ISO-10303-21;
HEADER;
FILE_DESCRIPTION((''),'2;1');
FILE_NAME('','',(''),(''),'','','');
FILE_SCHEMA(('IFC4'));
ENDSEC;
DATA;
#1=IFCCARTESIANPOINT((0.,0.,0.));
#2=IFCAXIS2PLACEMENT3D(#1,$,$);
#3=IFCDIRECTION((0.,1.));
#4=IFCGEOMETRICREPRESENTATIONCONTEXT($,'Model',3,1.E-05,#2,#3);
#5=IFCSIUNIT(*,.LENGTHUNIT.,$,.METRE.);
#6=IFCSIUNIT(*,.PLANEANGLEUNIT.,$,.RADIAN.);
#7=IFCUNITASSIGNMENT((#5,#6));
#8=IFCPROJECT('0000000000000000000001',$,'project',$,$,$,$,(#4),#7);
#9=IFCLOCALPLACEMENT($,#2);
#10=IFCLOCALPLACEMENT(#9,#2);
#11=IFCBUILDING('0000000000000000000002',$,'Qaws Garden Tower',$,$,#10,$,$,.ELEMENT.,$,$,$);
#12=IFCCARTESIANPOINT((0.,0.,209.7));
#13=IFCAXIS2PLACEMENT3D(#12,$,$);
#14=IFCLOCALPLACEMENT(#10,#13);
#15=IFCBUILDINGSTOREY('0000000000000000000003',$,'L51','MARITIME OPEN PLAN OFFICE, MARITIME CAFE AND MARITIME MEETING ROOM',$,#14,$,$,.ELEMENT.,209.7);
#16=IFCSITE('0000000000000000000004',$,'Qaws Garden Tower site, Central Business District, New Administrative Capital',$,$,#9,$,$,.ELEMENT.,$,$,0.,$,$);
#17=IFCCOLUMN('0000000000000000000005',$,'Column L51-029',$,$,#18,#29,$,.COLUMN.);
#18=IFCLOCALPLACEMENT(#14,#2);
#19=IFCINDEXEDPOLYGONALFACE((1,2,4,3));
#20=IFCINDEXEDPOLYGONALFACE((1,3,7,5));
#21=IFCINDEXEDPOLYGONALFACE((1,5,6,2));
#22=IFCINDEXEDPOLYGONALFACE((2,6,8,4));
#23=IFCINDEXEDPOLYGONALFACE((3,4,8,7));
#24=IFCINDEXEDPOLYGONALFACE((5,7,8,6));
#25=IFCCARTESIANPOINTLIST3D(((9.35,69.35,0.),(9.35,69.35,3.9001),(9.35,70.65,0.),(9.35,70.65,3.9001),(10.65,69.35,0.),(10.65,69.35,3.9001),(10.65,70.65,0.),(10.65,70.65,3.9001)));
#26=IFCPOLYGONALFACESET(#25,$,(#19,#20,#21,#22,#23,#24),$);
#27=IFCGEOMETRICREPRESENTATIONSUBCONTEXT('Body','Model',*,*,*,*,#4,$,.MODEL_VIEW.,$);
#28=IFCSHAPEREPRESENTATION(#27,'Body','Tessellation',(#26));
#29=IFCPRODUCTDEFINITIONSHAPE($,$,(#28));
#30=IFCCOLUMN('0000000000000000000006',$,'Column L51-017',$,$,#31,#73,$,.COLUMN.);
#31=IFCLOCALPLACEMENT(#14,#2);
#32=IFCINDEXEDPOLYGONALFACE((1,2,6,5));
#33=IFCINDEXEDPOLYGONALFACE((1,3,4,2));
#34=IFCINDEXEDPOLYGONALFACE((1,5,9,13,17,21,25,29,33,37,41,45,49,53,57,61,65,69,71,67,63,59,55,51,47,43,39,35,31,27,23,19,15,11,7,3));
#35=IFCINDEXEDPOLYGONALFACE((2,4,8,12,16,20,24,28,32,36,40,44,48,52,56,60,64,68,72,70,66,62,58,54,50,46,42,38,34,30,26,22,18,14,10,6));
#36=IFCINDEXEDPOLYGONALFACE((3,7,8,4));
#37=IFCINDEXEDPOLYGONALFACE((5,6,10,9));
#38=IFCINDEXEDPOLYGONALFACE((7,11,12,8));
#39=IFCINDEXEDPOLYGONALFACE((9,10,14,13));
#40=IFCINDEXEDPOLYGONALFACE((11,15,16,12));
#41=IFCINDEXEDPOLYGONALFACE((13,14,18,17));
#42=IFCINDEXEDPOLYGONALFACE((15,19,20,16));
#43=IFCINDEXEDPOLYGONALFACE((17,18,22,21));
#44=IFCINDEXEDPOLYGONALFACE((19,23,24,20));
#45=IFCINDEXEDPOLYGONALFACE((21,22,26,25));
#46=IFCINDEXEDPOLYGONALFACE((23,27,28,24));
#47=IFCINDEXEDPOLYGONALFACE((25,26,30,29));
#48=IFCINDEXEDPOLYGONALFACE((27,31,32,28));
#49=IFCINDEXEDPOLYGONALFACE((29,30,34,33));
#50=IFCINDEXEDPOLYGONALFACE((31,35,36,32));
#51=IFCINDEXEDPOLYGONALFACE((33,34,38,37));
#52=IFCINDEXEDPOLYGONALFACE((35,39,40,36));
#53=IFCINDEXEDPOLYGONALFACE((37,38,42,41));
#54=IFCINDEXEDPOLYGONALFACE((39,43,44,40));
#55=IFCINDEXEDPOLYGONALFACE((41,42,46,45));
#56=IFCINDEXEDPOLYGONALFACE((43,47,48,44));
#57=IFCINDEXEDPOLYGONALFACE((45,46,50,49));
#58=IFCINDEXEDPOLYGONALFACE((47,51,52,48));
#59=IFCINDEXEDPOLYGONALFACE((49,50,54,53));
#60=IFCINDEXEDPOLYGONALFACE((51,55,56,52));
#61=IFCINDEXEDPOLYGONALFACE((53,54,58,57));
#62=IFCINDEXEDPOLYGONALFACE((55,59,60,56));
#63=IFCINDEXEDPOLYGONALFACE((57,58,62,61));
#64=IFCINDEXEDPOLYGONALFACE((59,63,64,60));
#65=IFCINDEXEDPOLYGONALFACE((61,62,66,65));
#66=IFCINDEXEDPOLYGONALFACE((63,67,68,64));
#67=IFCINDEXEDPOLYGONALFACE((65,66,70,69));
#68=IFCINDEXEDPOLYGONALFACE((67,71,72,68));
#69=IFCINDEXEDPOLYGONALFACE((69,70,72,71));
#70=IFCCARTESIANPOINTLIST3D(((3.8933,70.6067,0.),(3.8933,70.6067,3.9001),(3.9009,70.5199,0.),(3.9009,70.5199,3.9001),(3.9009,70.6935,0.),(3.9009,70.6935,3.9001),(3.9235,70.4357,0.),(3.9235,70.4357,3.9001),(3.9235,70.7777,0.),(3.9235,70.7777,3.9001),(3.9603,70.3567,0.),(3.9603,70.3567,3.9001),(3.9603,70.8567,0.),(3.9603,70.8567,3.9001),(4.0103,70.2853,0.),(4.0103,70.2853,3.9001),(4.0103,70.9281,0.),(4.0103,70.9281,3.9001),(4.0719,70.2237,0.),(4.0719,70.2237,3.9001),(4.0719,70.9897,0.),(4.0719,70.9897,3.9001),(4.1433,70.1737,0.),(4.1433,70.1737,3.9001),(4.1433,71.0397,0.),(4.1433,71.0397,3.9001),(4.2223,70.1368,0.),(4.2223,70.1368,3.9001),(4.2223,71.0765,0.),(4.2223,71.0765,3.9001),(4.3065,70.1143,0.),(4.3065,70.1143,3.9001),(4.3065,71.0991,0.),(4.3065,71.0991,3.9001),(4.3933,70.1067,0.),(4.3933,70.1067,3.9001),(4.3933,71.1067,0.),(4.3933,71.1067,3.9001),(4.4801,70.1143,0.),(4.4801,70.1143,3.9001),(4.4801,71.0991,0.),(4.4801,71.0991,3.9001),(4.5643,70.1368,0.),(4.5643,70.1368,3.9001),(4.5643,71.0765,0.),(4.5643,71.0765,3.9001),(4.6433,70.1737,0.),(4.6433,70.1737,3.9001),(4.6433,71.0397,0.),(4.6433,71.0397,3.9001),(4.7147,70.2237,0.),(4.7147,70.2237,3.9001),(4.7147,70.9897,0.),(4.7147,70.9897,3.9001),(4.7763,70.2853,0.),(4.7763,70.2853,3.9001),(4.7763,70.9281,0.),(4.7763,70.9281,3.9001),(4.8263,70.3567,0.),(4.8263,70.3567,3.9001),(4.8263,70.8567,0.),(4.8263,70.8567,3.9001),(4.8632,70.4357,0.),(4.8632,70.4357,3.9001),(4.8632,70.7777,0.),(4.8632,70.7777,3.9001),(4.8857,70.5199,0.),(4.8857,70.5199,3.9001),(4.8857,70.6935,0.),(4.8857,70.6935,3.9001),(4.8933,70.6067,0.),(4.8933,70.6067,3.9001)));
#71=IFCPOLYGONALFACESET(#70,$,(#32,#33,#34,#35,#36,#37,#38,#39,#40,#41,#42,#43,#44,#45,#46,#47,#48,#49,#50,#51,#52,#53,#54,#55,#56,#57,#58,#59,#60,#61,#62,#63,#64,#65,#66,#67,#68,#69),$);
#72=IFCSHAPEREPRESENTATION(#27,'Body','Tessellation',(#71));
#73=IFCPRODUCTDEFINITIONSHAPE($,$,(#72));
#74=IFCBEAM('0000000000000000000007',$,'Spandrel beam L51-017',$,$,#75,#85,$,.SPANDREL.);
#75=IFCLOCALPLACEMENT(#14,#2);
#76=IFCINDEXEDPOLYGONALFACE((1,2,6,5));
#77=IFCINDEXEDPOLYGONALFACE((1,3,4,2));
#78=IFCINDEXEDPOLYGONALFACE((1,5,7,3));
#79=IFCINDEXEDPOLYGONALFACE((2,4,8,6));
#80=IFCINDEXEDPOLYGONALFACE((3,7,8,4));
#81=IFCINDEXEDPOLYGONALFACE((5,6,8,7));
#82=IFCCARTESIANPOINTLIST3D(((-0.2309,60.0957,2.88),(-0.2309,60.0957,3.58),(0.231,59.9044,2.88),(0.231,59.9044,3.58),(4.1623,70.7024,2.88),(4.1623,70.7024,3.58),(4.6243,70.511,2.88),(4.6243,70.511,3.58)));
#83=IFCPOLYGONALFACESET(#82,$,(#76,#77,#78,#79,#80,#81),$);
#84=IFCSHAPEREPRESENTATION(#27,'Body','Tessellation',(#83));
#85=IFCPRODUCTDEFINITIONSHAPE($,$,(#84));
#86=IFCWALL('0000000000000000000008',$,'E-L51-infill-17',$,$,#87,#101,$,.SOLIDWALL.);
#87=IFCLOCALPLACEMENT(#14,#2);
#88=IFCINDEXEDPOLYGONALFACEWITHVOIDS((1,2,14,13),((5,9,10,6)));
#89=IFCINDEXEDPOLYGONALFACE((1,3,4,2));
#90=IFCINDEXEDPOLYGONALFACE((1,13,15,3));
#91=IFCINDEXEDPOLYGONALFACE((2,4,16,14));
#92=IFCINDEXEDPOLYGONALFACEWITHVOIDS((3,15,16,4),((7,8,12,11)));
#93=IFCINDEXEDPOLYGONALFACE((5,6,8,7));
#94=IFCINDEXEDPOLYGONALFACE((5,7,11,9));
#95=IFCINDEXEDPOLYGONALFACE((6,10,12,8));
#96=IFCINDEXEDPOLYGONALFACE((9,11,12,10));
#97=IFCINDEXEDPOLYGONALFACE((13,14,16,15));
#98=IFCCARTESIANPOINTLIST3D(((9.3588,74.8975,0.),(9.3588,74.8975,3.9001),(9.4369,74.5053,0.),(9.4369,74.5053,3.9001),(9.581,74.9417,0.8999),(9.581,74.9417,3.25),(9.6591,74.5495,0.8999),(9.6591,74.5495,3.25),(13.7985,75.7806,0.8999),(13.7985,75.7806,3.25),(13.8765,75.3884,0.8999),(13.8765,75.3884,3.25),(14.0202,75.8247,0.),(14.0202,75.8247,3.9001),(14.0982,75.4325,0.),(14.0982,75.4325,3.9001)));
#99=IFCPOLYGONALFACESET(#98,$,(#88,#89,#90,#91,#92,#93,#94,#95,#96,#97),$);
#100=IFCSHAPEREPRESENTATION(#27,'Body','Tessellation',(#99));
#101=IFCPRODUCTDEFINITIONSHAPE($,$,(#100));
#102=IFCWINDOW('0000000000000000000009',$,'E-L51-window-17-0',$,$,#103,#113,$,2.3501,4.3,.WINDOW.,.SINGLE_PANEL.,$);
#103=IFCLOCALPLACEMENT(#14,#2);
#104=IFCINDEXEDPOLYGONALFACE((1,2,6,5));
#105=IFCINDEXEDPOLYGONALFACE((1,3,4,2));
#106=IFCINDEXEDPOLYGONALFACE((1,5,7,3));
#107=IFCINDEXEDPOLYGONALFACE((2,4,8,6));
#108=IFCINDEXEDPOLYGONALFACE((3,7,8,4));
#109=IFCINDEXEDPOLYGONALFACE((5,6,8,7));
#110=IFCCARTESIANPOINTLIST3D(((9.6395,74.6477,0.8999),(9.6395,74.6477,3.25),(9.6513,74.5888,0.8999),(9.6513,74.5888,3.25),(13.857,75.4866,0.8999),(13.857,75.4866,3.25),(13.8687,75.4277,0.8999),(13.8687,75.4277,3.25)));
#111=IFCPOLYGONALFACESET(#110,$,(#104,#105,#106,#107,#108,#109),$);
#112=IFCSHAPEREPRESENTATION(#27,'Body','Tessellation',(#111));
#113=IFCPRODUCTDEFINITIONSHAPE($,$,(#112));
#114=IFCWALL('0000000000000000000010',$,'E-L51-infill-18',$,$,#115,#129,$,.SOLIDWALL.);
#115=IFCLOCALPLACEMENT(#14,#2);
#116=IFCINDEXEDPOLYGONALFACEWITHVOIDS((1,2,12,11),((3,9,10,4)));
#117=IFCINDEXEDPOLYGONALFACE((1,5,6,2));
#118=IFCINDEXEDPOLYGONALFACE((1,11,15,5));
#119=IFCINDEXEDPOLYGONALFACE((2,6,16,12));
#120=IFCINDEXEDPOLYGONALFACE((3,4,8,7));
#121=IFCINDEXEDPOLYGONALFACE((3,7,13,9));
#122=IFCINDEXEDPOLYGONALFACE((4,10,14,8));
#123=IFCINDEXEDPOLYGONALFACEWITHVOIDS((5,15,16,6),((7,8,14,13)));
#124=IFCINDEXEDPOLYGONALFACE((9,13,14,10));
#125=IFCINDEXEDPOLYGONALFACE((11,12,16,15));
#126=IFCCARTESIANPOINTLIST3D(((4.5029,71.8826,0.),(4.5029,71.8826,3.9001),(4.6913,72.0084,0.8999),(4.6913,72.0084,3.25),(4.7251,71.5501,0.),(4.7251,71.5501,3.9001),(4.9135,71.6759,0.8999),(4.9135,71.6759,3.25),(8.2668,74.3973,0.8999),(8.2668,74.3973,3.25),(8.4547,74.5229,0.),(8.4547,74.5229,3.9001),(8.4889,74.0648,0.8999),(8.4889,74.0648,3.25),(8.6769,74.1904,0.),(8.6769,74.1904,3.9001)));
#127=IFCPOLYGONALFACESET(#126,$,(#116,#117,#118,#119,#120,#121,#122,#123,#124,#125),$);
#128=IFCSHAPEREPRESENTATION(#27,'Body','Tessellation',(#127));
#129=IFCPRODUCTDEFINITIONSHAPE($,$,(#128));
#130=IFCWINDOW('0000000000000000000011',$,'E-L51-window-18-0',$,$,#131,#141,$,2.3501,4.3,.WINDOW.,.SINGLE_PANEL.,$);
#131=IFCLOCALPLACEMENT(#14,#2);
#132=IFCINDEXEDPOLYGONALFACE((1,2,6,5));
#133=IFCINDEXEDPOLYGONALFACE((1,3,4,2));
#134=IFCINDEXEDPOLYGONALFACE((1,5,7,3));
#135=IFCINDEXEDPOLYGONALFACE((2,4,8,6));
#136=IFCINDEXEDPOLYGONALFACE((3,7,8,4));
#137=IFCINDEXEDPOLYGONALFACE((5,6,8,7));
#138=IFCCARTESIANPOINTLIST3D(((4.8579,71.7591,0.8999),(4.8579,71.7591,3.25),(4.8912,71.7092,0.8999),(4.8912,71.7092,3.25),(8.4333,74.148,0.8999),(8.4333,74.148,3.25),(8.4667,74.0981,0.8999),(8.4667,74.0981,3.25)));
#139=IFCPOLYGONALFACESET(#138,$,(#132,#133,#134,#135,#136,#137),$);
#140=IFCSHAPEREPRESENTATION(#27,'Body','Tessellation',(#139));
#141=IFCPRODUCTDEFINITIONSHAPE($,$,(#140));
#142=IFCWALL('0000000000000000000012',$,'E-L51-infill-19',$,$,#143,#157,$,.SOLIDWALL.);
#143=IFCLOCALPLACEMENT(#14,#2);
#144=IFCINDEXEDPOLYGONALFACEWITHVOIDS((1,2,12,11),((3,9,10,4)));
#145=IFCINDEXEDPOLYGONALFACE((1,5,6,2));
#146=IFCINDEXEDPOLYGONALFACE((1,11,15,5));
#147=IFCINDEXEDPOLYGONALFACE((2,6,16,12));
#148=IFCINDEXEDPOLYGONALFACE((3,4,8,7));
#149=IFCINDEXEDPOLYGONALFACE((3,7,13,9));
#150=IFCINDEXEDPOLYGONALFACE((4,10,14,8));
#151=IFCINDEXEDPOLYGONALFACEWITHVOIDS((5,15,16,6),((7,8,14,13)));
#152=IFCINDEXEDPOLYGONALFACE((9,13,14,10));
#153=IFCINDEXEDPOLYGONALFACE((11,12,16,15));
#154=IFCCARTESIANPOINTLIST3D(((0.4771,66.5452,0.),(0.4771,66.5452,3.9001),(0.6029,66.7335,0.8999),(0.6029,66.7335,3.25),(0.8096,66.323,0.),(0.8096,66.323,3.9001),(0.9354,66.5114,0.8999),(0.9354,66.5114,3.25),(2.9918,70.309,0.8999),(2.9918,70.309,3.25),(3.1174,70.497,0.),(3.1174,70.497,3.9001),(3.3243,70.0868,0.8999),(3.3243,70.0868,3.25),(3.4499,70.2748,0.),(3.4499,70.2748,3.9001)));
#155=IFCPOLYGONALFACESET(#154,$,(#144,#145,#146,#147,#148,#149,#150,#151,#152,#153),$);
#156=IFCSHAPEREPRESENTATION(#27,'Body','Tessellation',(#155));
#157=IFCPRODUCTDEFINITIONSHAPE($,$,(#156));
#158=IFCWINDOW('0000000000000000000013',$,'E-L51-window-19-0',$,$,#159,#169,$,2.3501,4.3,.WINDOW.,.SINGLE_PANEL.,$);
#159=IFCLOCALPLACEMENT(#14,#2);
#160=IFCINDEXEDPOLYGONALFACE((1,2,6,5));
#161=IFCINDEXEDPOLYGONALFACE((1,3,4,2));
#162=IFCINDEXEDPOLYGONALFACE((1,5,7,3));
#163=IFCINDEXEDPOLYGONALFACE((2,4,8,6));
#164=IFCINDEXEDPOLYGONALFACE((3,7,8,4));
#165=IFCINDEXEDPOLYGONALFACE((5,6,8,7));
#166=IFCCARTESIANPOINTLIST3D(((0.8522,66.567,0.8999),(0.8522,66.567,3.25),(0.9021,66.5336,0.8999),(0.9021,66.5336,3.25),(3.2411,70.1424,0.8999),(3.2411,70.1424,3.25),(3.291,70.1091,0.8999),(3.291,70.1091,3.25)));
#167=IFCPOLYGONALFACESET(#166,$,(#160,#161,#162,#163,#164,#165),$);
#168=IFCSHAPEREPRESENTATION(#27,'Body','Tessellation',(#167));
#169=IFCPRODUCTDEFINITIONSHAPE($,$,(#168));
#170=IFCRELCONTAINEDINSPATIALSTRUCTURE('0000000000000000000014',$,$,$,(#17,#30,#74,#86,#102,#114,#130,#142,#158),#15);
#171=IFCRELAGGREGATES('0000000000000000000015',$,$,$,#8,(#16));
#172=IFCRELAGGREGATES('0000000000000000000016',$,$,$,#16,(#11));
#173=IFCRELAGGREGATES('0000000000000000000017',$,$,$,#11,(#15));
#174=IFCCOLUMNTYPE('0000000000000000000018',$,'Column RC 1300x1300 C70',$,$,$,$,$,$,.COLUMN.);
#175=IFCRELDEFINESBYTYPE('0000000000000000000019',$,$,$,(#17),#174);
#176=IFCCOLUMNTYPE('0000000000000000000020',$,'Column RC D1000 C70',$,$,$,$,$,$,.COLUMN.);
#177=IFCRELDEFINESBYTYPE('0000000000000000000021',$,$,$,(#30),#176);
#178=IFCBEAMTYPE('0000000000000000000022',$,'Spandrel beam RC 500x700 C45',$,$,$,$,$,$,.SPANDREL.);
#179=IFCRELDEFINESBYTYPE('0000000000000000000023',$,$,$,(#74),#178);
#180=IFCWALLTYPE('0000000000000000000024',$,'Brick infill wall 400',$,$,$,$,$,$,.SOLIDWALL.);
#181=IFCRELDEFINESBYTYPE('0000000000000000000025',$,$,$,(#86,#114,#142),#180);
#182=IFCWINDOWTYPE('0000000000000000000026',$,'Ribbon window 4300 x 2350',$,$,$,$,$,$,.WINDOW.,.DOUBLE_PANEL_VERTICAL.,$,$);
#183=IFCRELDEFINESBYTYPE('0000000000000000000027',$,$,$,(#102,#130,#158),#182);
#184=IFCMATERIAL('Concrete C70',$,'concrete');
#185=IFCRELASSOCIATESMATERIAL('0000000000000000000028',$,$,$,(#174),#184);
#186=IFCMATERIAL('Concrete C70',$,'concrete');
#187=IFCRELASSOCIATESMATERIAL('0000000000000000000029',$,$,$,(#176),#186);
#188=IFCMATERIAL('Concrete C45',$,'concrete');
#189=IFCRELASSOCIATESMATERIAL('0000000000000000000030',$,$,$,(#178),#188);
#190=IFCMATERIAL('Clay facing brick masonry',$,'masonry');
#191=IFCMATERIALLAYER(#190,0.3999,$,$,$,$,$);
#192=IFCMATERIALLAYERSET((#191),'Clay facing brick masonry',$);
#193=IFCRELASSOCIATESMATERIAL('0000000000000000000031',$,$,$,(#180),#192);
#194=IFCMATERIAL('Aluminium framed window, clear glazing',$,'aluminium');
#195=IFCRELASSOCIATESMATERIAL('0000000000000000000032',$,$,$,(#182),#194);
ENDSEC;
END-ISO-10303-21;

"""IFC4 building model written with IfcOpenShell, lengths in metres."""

from ifc_helpers import new_model, si_unit, direction, frame, frame_2d, origin, origin_2d, place, context, subcontext, project, spatial, rectangle, circle, extrude, material, layer, layer_set, material_profile, profile_set, type_object, element, fill, save


model = new_model("IFC4")

# Units and contexts
model_context = context("Model", 3, precision=1e-05, world=origin(), true_north=direction((0.0, 1.0)))
body_context = subcontext(model_context, "Body", "Model", "MODEL_VIEW")
ifc_project = project(units=[si_unit("LENGTHUNIT", "METRE"), si_unit("PLANEANGLEUNIT", "RADIAN")], contexts=[model_context])

# Site, building, storey
site_placement = place(None, origin())
site = spatial("IfcSite", under=ifc_project, at=site_placement, Name="Qaws Garden Tower site, Central Business District, New Administrative Capital", CompositionType="ELEMENT", RefElevation=0.0)
building_placement = place(site_placement, origin())
building = spatial("IfcBuilding", under=site, at=building_placement, Name="Qaws Garden Tower", CompositionType="ELEMENT")
storey_placement = place(building_placement, frame((0.0, 0.0, 209.7)))
storey = spatial("IfcBuildingStorey", under=building, at=storey_placement, Name="L51", Description="MARITIME OPEN PLAN OFFICE, MARITIME CAFE AND MARITIME MEETING ROOM", CompositionType="ELEMENT", Elevation=209.7)

# Columns
ifc_material_1 = material(Name="Concrete C70", Category="concrete")
ifc_material_profile_1 = material_profile(ifc_material_1, rectangle(XDim=1.3, YDim=1.3, at=origin_2d()), Name="RC 1300x1300")
ifc_profile_set_1 = profile_set([ifc_material_profile_1], Name="Concrete C70")
column_type_1 = type_object("IfcColumnType", Name="Column RC 1300x1300 C70", PredefinedType="COLUMN", material=ifc_profile_set_1)
column_1_placement = place(storey_placement, frame((10.0, 70.0, 0.0), z_axis=(0.0, 0.0, 1.0), x_axis=(1.0, 0.0, 0.0)))
element("IfcColumn", 1, at=column_1_placement, inside=storey, type_object=column_type_1, Name="Column L51-029", PredefinedType="COLUMN", context=body_context, shape_type="SweptSolid", body=[
    extrude(rectangle(XDim=1.3, YDim=1.3, at=origin_2d()), origin(), (0.0, 0.0, 1.0), 3.9001),
])
ifc_material_2 = material(Name="Concrete C70", Category="concrete")
ifc_material_profile_2 = material_profile(ifc_material_2, circle(Radius=0.5, at=origin_2d()), Name="RC D1000")
ifc_profile_set_2 = profile_set([ifc_material_profile_2], Name="Concrete C70")
column_type_2 = type_object("IfcColumnType", Name="Column RC D1000 C70", PredefinedType="COLUMN", material=ifc_profile_set_2)
column_2_placement = place(storey_placement, frame((4.3933, 70.6067, 0.0), z_axis=(0.0, 0.0, 1.0), x_axis=(1.0, 0.0, 0.0)))
element("IfcColumn", 2, at=column_2_placement, inside=storey, type_object=column_type_2, Name="Column L51-017", PredefinedType="COLUMN", context=body_context, shape_type="SweptSolid", body=[
    extrude(circle(Radius=0.5, at=origin_2d()), origin(), (0.0, 0.0, 1.0), 3.9001),
])

# Beam
ifc_material_3 = material(Name="Concrete C45", Category="concrete")
ifc_material_profile_3 = material_profile(ifc_material_3, rectangle(XDim=0.5, YDim=0.7, at=origin_2d()), Name="RC 500x700")
ifc_profile_set_3 = profile_set([ifc_material_profile_3], Name="Concrete C45")
beam_type = type_object("IfcBeamType", Name="Spandrel beam RC 500x700 C45", PredefinedType="SPANDREL", material=ifc_profile_set_3)
beam_placement = place(storey_placement, frame((4.3933, 70.6067, 3.23), z_axis=(-0.382674, -0.923883, 0.0), x_axis=(0.923883, -0.382674, 0.0)))
element("IfcBeam", 3, at=beam_placement, inside=storey, type_object=beam_type, Name="Spandrel beam L51-017", PredefinedType="SPANDREL", context=body_context, shape_type="SweptSolid", body=[
    extrude(rectangle(XDim=0.5, YDim=0.7, at=origin_2d()), origin(), (0.0, 0.0, 1.0), 11.4805),
])

# Walls, openings, windows
ifc_material_4 = material(Name="Clay facing brick masonry", Category="masonry")
ifc_layer_1 = layer(ifc_material_4, 0.3999)
ifc_layer_set_1 = layer_set([ifc_layer_1], Name="Clay facing brick masonry")
wall_type_1 = type_object("IfcWallType", Name="Brick infill wall 400", PredefinedType="SOLIDWALL", material=ifc_layer_set_1)
wall_1_placement = place(storey_placement, frame((14.0593, 75.6287, 0.0), z_axis=(0.0, 0.0, 1.0), x_axis=(-0.980784, -0.195099, 0.0)))
wall_1 = element("IfcWall", 4, at=wall_1_placement, inside=storey, type_object=wall_type_1, Name="E-L51-infill-17", PredefinedType="SOLIDWALL", context=body_context, shape_type="SweptSolid", body=[
    extrude(rectangle(XDim=4.7527, YDim=0.3999, at=frame_2d((2.3765, 0.0))), origin(), (0.0, 0.0, 1.0), 3.9001),
])
opening_1_placement = place(wall_1_placement, frame((0.2263, 0.0, 0.8999)))
opening_1 = element("IfcOpeningElement", 5, at=opening_1_placement, cuts=wall_1, PredefinedType="OPENING", context=body_context, shape_type="SweptSolid", body=[
    extrude(rectangle(XDim=4.3, YDim=2.3501, at=frame_2d((2.1499, 1.175))), frame((0.0, 0.21, 0.0), z_axis=(0.0, -1.0, 0.0), x_axis=(1.0, 0.0, 0.0)), (0.0, 0.0, 1.0), 0.4199),
])
ifc_material_5 = material(Name="Aluminium framed window, clear glazing", Category="aluminium")
window_type = type_object("IfcWindowType", Name="Ribbon window 4300 x 2350", PartitioningType="DOUBLE_PANEL_VERTICAL", PredefinedType="WINDOW", material=ifc_material_5)
window_1_placement = place(opening_1_placement, origin())
window_1 = element("IfcWindow", 6, at=window_1_placement, inside=storey, type_object=window_type, Name="E-L51-window-17-0", OverallHeight=2.3501, OverallWidth=4.3, PartitioningType="SINGLE_PANEL", PredefinedType="WINDOW", context=body_context, shape_type="SweptSolid", body=[
    extrude(rectangle(XDim=4.3, YDim=2.3501, at=frame_2d((2.1499, 1.175))), frame((0.0, 0.1599, 0.0), z_axis=(0.0, -1.0, 0.0), x_axis=(1.0, 0.0, 0.0)), (0.0, 0.0, 1.0), 0.0601),
])
fill(opening_1, window_1)
wall_2_placement = place(storey_placement, frame((8.5659, 74.3567, 0.0), z_axis=(0.0, 0.0, 1.0), x_axis=(-0.831489, -0.555542, 0.0)))
wall_2 = element("IfcWall", 7, at=wall_2_placement, inside=storey, type_object=wall_type_1, Name="E-L51-infill-18", PredefinedType="SOLIDWALL", context=body_context, shape_type="SweptSolid", body=[
    extrude(rectangle(XDim=4.7527, YDim=0.3999, at=frame_2d((2.3765, 0.0))), origin(), (0.0, 0.0, 1.0), 3.9001),
])
opening_2_placement = place(wall_2_placement, frame((0.2263, 0.0, 0.8999)))
opening_2 = element("IfcOpeningElement", 8, at=opening_2_placement, cuts=wall_2, PredefinedType="OPENING", context=body_context, shape_type="SweptSolid", body=[
    extrude(rectangle(XDim=4.3, YDim=2.3501, at=frame_2d((2.1499, 1.175))), frame((0.0, 0.21, 0.0), z_axis=(0.0, -1.0, 0.0), x_axis=(1.0, 0.0, 0.0)), (0.0, 0.0, 1.0), 0.4199),
])
window_2_placement = place(opening_2_placement, origin())
window_2 = element("IfcWindow", 9, at=window_2_placement, inside=storey, type_object=window_type, Name="E-L51-window-18-0", OverallHeight=2.3501, OverallWidth=4.3, PartitioningType="SINGLE_PANEL", PredefinedType="WINDOW", context=body_context, shape_type="SweptSolid", body=[
    extrude(rectangle(XDim=4.3, YDim=2.3501, at=frame_2d((2.1499, 1.175))), frame((0.0, 0.1599, 0.0), z_axis=(0.0, -1.0, 0.0), x_axis=(1.0, 0.0, 0.0)), (0.0, 0.0, 1.0), 0.0601),
])
fill(opening_2, window_2)
wall_3_placement = place(storey_placement, frame((3.2837, 70.386, 0.0), z_axis=(0.0, 0.0, 1.0), x_axis=(-0.555542, -0.831489, 0.0)))
wall_3 = element("IfcWall", 10, at=wall_3_placement, inside=storey, type_object=wall_type_1, Name="E-L51-infill-19", PredefinedType="SOLIDWALL", context=body_context, shape_type="SweptSolid", body=[
    extrude(rectangle(XDim=4.7527, YDim=0.3999, at=frame_2d((2.3765, 0.0))), origin(), (0.0, 0.0, 1.0), 3.9001),
])
opening_3_placement = place(wall_3_placement, frame((0.2263, 0.0, 0.8999)))
opening_3 = element("IfcOpeningElement", 11, at=opening_3_placement, cuts=wall_3, PredefinedType="OPENING", context=body_context, shape_type="SweptSolid", body=[
    extrude(rectangle(XDim=4.3, YDim=2.3501, at=frame_2d((2.1499, 1.175))), frame((0.0, 0.21, 0.0), z_axis=(0.0, -1.0, 0.0), x_axis=(1.0, 0.0, 0.0)), (0.0, 0.0, 1.0), 0.4199),
])
window_3_placement = place(opening_3_placement, origin())
window_3 = element("IfcWindow", 12, at=window_3_placement, inside=storey, type_object=window_type, Name="E-L51-window-19-0", OverallHeight=2.3501, OverallWidth=4.3, PartitioningType="SINGLE_PANEL", PredefinedType="WINDOW", context=body_context, shape_type="SweptSolid", body=[
    extrude(rectangle(XDim=4.3, YDim=2.3501, at=frame_2d((2.1499, 1.175))), frame((0.0, 0.1599, 0.0), z_axis=(0.0, -1.0, 0.0), x_axis=(1.0, 0.0, 0.0)), (0.0, 0.0, 1.0), 0.0601),
])
fill(opening_3, window_3)

save(model, "model.ifc")
